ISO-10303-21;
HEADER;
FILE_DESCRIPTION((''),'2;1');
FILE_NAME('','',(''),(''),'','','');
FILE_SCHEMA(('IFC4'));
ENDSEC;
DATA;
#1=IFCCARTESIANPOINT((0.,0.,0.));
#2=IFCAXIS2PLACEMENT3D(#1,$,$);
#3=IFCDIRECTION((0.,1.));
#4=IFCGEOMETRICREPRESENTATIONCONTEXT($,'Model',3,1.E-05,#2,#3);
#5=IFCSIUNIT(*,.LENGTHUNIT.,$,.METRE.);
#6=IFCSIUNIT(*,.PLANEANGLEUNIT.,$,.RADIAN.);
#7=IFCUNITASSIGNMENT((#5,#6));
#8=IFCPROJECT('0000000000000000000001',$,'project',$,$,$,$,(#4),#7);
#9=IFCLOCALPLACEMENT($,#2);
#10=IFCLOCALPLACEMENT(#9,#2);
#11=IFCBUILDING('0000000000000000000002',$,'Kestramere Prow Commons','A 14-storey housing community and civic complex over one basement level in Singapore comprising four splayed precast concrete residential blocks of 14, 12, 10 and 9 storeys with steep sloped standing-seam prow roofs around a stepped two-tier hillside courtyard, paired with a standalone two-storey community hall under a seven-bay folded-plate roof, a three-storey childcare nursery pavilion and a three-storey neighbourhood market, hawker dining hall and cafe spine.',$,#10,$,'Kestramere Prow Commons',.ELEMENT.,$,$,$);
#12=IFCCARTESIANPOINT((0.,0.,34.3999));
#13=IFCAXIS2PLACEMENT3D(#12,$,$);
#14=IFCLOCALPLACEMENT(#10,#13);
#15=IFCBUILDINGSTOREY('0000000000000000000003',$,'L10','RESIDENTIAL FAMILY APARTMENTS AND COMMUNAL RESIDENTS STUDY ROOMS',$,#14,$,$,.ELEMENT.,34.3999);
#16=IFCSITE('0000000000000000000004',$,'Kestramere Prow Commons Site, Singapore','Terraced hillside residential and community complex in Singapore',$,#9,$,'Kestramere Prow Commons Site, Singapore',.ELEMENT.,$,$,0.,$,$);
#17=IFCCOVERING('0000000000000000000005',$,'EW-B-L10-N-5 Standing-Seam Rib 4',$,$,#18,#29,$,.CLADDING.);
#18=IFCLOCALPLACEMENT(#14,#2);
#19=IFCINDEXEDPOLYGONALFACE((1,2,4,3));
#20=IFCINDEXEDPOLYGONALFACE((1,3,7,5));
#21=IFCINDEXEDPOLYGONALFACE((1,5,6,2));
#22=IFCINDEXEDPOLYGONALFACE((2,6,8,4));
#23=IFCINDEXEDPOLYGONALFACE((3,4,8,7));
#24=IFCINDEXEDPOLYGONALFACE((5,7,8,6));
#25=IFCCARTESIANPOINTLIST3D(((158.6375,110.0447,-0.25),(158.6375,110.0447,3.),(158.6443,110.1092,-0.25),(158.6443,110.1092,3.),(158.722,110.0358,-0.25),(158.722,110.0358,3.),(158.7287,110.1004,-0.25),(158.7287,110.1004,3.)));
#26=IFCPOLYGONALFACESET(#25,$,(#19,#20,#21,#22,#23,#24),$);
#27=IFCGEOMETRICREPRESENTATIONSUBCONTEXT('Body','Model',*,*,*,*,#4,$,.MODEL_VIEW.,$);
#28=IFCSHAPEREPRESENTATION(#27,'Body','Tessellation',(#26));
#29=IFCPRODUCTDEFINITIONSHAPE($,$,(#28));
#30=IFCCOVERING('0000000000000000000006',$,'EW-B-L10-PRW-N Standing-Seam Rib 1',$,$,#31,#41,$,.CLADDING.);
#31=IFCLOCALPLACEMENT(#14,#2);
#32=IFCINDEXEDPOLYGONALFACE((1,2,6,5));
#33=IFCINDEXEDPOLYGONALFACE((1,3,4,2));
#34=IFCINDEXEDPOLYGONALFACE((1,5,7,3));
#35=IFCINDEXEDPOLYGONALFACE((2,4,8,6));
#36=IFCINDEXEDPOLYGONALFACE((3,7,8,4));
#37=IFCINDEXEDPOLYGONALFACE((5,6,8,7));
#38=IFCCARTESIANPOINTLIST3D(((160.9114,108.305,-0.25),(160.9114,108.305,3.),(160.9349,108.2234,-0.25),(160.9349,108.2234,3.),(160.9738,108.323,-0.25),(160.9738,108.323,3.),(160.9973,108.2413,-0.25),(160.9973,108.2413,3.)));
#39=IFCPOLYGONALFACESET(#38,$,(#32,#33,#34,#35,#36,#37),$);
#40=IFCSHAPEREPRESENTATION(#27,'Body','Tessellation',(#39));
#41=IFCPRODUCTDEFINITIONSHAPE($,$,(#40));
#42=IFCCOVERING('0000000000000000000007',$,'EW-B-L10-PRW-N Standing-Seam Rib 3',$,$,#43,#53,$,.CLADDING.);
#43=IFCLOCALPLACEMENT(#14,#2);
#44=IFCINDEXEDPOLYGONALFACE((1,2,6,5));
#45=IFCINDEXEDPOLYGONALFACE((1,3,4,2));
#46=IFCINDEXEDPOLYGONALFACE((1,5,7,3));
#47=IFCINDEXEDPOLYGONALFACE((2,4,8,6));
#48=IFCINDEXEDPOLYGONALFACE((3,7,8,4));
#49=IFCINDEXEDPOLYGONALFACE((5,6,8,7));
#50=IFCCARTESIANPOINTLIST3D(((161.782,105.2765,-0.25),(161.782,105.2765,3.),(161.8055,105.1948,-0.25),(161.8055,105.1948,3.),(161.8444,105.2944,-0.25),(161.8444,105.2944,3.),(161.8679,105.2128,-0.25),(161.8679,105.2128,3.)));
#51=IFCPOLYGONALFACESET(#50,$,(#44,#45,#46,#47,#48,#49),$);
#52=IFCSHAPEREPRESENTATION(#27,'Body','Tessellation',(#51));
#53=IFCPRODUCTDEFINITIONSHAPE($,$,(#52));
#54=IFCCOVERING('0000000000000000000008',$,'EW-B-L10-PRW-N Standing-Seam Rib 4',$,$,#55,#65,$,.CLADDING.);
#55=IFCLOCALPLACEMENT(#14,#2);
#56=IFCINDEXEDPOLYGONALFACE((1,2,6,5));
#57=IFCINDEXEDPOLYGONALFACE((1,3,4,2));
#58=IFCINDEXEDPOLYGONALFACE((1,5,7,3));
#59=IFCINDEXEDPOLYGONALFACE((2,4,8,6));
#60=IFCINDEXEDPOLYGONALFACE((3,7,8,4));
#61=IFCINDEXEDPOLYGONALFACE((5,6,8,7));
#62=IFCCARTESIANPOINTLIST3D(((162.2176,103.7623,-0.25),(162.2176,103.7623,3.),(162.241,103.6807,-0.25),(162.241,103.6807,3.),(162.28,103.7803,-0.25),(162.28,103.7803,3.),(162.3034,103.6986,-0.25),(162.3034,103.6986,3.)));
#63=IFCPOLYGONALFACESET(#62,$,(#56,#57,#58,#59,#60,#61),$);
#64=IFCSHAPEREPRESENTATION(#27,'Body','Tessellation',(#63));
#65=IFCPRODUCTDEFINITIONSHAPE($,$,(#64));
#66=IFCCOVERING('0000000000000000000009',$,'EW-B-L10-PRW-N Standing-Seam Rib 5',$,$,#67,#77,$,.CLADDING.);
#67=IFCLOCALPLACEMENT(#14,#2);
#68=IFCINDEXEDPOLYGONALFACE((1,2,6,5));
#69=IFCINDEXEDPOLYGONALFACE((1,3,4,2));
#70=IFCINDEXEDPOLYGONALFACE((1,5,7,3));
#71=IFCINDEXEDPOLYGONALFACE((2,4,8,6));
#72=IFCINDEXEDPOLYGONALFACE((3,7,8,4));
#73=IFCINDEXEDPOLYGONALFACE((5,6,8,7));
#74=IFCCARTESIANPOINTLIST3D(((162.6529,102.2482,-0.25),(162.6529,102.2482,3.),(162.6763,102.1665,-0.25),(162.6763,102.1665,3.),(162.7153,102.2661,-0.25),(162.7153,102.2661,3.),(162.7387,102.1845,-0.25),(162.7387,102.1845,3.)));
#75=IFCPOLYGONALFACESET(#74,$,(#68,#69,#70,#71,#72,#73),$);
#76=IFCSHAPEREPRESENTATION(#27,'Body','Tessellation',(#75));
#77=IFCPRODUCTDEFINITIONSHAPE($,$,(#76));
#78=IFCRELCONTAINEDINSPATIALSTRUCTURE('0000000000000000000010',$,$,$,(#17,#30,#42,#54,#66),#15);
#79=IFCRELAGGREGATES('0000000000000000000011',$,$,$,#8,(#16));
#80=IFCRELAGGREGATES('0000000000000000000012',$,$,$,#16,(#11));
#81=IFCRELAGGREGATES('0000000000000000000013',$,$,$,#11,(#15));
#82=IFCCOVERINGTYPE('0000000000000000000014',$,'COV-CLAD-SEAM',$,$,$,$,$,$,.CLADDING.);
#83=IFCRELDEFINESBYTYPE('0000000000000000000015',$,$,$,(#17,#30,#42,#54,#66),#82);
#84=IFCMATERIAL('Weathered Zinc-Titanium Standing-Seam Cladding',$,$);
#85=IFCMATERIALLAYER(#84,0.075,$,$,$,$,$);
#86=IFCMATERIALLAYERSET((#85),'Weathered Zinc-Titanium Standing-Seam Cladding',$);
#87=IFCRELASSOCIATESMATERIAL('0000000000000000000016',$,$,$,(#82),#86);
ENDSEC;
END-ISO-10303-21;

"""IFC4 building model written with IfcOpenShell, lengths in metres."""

from ifc_helpers import new_model, si_unit, direction, frame, origin, origin_2d, place, context, subcontext, project, spatial, rectangle, extrude, material, layer, layer_set, type_object, element, save


model = new_model("IFC4")

# Units and contexts
model_context = context("Model", 3, precision=1e-05, world=origin(), true_north=direction((0.0, 1.0)))
body_context = subcontext(model_context, "Body", "Model", "MODEL_VIEW")
ifc_project = project(units=[si_unit("LENGTHUNIT", "METRE"), si_unit("PLANEANGLEUNIT", "RADIAN")], contexts=[model_context])

# Site, building, storey
site_placement = place(None, origin())
site = spatial("IfcSite", under=ifc_project, at=site_placement, Name="Kestramere Prow Commons Site, Singapore", Description="Terraced hillside residential and community complex in Singapore", LongName="Kestramere Prow Commons Site, Singapore", CompositionType="ELEMENT", RefElevation=0.0)
building_placement = place(site_placement, origin())
building = spatial("IfcBuilding", under=site, at=building_placement, Name="Kestramere Prow Commons", Description="A 14-storey housing community and civic complex over one basement level in Singapore comprising four splayed precast concrete residential blocks of 14, 12, 10 and 9 storeys with steep sloped standing-seam prow roofs around a stepped two-tier hillside courtyard, paired with a standalone two-storey community hall under a seven-bay folded-plate roof, a three-storey childcare nursery pavilion and a three-storey neighbourhood market, hawker dining hall and cafe spine.", LongName="Kestramere Prow Commons", CompositionType="ELEMENT")
storey_placement = place(building_placement, frame((0.0, 0.0, 34.3999)))
storey = spatial("IfcBuildingStorey", under=building, at=storey_placement, Name="L10", Description="RESIDENTIAL FAMILY APARTMENTS AND COMMUNAL RESIDENTS STUDY ROOMS", CompositionType="ELEMENT", Elevation=34.3999)

# Shared definitions
ifc_material_1 = material(Name="Weathered Zinc-Titanium Standing-Seam Cladding")

# Coverings
ifc_layer_1 = layer(ifc_material_1, 0.075)
ifc_layer_set_1 = layer_set([ifc_layer_1], Name="Weathered Zinc-Titanium Standing-Seam Cladding")
covering_type = type_object("IfcCoveringType", Name="COV-CLAD-SEAM", PredefinedType="CLADDING", material=ifc_layer_set_1)
for number, where, z_axis, x_axis, name in (
    (1, (158.6831, 110.0725, -0.25), (0.0, 0.0, 1.0), (0.994522, -0.104528, 0.0), "EW-B-L10-N-5 Standing-Seam Rib 4"),
    (2, (160.9543, 108.2732, -0.25), (0.0, 0.0, 1.0), (0.276318, -0.961066, 0.0), "EW-B-L10-PRW-N Standing-Seam Rib 1"),
    (3, (161.825, 105.2446, -0.25), (0.0, 0.0, 1.0), (0.276318, -0.961066, 0.0), "EW-B-L10-PRW-N Standing-Seam Rib 3"),
    (4, (162.2605, 103.7305, -0.25), (0.0, 0.0, 1.0), (0.276318, -0.961066, 0.0), "EW-B-L10-PRW-N Standing-Seam Rib 4"),
    (5, (162.6958, 102.2163, -0.25), (0.0, 0.0, 1.0), (0.276318, -0.961066, 0.0), "EW-B-L10-PRW-N Standing-Seam Rib 5"),
):
    element("IfcCovering", number, at=place(storey_placement, frame(where, z_axis=z_axis, x_axis=x_axis)), inside=storey, type_object=covering_type, Name=name, PredefinedType="CLADDING", context=body_context, shape_type="SweptSolid", body=[
        extrude(rectangle(XDim=0.085, YDim=0.0649, at=origin_2d()), origin(), (0.0, 0.0, 1.0), 3.25),
    ])

save(model, "model.ifc")
